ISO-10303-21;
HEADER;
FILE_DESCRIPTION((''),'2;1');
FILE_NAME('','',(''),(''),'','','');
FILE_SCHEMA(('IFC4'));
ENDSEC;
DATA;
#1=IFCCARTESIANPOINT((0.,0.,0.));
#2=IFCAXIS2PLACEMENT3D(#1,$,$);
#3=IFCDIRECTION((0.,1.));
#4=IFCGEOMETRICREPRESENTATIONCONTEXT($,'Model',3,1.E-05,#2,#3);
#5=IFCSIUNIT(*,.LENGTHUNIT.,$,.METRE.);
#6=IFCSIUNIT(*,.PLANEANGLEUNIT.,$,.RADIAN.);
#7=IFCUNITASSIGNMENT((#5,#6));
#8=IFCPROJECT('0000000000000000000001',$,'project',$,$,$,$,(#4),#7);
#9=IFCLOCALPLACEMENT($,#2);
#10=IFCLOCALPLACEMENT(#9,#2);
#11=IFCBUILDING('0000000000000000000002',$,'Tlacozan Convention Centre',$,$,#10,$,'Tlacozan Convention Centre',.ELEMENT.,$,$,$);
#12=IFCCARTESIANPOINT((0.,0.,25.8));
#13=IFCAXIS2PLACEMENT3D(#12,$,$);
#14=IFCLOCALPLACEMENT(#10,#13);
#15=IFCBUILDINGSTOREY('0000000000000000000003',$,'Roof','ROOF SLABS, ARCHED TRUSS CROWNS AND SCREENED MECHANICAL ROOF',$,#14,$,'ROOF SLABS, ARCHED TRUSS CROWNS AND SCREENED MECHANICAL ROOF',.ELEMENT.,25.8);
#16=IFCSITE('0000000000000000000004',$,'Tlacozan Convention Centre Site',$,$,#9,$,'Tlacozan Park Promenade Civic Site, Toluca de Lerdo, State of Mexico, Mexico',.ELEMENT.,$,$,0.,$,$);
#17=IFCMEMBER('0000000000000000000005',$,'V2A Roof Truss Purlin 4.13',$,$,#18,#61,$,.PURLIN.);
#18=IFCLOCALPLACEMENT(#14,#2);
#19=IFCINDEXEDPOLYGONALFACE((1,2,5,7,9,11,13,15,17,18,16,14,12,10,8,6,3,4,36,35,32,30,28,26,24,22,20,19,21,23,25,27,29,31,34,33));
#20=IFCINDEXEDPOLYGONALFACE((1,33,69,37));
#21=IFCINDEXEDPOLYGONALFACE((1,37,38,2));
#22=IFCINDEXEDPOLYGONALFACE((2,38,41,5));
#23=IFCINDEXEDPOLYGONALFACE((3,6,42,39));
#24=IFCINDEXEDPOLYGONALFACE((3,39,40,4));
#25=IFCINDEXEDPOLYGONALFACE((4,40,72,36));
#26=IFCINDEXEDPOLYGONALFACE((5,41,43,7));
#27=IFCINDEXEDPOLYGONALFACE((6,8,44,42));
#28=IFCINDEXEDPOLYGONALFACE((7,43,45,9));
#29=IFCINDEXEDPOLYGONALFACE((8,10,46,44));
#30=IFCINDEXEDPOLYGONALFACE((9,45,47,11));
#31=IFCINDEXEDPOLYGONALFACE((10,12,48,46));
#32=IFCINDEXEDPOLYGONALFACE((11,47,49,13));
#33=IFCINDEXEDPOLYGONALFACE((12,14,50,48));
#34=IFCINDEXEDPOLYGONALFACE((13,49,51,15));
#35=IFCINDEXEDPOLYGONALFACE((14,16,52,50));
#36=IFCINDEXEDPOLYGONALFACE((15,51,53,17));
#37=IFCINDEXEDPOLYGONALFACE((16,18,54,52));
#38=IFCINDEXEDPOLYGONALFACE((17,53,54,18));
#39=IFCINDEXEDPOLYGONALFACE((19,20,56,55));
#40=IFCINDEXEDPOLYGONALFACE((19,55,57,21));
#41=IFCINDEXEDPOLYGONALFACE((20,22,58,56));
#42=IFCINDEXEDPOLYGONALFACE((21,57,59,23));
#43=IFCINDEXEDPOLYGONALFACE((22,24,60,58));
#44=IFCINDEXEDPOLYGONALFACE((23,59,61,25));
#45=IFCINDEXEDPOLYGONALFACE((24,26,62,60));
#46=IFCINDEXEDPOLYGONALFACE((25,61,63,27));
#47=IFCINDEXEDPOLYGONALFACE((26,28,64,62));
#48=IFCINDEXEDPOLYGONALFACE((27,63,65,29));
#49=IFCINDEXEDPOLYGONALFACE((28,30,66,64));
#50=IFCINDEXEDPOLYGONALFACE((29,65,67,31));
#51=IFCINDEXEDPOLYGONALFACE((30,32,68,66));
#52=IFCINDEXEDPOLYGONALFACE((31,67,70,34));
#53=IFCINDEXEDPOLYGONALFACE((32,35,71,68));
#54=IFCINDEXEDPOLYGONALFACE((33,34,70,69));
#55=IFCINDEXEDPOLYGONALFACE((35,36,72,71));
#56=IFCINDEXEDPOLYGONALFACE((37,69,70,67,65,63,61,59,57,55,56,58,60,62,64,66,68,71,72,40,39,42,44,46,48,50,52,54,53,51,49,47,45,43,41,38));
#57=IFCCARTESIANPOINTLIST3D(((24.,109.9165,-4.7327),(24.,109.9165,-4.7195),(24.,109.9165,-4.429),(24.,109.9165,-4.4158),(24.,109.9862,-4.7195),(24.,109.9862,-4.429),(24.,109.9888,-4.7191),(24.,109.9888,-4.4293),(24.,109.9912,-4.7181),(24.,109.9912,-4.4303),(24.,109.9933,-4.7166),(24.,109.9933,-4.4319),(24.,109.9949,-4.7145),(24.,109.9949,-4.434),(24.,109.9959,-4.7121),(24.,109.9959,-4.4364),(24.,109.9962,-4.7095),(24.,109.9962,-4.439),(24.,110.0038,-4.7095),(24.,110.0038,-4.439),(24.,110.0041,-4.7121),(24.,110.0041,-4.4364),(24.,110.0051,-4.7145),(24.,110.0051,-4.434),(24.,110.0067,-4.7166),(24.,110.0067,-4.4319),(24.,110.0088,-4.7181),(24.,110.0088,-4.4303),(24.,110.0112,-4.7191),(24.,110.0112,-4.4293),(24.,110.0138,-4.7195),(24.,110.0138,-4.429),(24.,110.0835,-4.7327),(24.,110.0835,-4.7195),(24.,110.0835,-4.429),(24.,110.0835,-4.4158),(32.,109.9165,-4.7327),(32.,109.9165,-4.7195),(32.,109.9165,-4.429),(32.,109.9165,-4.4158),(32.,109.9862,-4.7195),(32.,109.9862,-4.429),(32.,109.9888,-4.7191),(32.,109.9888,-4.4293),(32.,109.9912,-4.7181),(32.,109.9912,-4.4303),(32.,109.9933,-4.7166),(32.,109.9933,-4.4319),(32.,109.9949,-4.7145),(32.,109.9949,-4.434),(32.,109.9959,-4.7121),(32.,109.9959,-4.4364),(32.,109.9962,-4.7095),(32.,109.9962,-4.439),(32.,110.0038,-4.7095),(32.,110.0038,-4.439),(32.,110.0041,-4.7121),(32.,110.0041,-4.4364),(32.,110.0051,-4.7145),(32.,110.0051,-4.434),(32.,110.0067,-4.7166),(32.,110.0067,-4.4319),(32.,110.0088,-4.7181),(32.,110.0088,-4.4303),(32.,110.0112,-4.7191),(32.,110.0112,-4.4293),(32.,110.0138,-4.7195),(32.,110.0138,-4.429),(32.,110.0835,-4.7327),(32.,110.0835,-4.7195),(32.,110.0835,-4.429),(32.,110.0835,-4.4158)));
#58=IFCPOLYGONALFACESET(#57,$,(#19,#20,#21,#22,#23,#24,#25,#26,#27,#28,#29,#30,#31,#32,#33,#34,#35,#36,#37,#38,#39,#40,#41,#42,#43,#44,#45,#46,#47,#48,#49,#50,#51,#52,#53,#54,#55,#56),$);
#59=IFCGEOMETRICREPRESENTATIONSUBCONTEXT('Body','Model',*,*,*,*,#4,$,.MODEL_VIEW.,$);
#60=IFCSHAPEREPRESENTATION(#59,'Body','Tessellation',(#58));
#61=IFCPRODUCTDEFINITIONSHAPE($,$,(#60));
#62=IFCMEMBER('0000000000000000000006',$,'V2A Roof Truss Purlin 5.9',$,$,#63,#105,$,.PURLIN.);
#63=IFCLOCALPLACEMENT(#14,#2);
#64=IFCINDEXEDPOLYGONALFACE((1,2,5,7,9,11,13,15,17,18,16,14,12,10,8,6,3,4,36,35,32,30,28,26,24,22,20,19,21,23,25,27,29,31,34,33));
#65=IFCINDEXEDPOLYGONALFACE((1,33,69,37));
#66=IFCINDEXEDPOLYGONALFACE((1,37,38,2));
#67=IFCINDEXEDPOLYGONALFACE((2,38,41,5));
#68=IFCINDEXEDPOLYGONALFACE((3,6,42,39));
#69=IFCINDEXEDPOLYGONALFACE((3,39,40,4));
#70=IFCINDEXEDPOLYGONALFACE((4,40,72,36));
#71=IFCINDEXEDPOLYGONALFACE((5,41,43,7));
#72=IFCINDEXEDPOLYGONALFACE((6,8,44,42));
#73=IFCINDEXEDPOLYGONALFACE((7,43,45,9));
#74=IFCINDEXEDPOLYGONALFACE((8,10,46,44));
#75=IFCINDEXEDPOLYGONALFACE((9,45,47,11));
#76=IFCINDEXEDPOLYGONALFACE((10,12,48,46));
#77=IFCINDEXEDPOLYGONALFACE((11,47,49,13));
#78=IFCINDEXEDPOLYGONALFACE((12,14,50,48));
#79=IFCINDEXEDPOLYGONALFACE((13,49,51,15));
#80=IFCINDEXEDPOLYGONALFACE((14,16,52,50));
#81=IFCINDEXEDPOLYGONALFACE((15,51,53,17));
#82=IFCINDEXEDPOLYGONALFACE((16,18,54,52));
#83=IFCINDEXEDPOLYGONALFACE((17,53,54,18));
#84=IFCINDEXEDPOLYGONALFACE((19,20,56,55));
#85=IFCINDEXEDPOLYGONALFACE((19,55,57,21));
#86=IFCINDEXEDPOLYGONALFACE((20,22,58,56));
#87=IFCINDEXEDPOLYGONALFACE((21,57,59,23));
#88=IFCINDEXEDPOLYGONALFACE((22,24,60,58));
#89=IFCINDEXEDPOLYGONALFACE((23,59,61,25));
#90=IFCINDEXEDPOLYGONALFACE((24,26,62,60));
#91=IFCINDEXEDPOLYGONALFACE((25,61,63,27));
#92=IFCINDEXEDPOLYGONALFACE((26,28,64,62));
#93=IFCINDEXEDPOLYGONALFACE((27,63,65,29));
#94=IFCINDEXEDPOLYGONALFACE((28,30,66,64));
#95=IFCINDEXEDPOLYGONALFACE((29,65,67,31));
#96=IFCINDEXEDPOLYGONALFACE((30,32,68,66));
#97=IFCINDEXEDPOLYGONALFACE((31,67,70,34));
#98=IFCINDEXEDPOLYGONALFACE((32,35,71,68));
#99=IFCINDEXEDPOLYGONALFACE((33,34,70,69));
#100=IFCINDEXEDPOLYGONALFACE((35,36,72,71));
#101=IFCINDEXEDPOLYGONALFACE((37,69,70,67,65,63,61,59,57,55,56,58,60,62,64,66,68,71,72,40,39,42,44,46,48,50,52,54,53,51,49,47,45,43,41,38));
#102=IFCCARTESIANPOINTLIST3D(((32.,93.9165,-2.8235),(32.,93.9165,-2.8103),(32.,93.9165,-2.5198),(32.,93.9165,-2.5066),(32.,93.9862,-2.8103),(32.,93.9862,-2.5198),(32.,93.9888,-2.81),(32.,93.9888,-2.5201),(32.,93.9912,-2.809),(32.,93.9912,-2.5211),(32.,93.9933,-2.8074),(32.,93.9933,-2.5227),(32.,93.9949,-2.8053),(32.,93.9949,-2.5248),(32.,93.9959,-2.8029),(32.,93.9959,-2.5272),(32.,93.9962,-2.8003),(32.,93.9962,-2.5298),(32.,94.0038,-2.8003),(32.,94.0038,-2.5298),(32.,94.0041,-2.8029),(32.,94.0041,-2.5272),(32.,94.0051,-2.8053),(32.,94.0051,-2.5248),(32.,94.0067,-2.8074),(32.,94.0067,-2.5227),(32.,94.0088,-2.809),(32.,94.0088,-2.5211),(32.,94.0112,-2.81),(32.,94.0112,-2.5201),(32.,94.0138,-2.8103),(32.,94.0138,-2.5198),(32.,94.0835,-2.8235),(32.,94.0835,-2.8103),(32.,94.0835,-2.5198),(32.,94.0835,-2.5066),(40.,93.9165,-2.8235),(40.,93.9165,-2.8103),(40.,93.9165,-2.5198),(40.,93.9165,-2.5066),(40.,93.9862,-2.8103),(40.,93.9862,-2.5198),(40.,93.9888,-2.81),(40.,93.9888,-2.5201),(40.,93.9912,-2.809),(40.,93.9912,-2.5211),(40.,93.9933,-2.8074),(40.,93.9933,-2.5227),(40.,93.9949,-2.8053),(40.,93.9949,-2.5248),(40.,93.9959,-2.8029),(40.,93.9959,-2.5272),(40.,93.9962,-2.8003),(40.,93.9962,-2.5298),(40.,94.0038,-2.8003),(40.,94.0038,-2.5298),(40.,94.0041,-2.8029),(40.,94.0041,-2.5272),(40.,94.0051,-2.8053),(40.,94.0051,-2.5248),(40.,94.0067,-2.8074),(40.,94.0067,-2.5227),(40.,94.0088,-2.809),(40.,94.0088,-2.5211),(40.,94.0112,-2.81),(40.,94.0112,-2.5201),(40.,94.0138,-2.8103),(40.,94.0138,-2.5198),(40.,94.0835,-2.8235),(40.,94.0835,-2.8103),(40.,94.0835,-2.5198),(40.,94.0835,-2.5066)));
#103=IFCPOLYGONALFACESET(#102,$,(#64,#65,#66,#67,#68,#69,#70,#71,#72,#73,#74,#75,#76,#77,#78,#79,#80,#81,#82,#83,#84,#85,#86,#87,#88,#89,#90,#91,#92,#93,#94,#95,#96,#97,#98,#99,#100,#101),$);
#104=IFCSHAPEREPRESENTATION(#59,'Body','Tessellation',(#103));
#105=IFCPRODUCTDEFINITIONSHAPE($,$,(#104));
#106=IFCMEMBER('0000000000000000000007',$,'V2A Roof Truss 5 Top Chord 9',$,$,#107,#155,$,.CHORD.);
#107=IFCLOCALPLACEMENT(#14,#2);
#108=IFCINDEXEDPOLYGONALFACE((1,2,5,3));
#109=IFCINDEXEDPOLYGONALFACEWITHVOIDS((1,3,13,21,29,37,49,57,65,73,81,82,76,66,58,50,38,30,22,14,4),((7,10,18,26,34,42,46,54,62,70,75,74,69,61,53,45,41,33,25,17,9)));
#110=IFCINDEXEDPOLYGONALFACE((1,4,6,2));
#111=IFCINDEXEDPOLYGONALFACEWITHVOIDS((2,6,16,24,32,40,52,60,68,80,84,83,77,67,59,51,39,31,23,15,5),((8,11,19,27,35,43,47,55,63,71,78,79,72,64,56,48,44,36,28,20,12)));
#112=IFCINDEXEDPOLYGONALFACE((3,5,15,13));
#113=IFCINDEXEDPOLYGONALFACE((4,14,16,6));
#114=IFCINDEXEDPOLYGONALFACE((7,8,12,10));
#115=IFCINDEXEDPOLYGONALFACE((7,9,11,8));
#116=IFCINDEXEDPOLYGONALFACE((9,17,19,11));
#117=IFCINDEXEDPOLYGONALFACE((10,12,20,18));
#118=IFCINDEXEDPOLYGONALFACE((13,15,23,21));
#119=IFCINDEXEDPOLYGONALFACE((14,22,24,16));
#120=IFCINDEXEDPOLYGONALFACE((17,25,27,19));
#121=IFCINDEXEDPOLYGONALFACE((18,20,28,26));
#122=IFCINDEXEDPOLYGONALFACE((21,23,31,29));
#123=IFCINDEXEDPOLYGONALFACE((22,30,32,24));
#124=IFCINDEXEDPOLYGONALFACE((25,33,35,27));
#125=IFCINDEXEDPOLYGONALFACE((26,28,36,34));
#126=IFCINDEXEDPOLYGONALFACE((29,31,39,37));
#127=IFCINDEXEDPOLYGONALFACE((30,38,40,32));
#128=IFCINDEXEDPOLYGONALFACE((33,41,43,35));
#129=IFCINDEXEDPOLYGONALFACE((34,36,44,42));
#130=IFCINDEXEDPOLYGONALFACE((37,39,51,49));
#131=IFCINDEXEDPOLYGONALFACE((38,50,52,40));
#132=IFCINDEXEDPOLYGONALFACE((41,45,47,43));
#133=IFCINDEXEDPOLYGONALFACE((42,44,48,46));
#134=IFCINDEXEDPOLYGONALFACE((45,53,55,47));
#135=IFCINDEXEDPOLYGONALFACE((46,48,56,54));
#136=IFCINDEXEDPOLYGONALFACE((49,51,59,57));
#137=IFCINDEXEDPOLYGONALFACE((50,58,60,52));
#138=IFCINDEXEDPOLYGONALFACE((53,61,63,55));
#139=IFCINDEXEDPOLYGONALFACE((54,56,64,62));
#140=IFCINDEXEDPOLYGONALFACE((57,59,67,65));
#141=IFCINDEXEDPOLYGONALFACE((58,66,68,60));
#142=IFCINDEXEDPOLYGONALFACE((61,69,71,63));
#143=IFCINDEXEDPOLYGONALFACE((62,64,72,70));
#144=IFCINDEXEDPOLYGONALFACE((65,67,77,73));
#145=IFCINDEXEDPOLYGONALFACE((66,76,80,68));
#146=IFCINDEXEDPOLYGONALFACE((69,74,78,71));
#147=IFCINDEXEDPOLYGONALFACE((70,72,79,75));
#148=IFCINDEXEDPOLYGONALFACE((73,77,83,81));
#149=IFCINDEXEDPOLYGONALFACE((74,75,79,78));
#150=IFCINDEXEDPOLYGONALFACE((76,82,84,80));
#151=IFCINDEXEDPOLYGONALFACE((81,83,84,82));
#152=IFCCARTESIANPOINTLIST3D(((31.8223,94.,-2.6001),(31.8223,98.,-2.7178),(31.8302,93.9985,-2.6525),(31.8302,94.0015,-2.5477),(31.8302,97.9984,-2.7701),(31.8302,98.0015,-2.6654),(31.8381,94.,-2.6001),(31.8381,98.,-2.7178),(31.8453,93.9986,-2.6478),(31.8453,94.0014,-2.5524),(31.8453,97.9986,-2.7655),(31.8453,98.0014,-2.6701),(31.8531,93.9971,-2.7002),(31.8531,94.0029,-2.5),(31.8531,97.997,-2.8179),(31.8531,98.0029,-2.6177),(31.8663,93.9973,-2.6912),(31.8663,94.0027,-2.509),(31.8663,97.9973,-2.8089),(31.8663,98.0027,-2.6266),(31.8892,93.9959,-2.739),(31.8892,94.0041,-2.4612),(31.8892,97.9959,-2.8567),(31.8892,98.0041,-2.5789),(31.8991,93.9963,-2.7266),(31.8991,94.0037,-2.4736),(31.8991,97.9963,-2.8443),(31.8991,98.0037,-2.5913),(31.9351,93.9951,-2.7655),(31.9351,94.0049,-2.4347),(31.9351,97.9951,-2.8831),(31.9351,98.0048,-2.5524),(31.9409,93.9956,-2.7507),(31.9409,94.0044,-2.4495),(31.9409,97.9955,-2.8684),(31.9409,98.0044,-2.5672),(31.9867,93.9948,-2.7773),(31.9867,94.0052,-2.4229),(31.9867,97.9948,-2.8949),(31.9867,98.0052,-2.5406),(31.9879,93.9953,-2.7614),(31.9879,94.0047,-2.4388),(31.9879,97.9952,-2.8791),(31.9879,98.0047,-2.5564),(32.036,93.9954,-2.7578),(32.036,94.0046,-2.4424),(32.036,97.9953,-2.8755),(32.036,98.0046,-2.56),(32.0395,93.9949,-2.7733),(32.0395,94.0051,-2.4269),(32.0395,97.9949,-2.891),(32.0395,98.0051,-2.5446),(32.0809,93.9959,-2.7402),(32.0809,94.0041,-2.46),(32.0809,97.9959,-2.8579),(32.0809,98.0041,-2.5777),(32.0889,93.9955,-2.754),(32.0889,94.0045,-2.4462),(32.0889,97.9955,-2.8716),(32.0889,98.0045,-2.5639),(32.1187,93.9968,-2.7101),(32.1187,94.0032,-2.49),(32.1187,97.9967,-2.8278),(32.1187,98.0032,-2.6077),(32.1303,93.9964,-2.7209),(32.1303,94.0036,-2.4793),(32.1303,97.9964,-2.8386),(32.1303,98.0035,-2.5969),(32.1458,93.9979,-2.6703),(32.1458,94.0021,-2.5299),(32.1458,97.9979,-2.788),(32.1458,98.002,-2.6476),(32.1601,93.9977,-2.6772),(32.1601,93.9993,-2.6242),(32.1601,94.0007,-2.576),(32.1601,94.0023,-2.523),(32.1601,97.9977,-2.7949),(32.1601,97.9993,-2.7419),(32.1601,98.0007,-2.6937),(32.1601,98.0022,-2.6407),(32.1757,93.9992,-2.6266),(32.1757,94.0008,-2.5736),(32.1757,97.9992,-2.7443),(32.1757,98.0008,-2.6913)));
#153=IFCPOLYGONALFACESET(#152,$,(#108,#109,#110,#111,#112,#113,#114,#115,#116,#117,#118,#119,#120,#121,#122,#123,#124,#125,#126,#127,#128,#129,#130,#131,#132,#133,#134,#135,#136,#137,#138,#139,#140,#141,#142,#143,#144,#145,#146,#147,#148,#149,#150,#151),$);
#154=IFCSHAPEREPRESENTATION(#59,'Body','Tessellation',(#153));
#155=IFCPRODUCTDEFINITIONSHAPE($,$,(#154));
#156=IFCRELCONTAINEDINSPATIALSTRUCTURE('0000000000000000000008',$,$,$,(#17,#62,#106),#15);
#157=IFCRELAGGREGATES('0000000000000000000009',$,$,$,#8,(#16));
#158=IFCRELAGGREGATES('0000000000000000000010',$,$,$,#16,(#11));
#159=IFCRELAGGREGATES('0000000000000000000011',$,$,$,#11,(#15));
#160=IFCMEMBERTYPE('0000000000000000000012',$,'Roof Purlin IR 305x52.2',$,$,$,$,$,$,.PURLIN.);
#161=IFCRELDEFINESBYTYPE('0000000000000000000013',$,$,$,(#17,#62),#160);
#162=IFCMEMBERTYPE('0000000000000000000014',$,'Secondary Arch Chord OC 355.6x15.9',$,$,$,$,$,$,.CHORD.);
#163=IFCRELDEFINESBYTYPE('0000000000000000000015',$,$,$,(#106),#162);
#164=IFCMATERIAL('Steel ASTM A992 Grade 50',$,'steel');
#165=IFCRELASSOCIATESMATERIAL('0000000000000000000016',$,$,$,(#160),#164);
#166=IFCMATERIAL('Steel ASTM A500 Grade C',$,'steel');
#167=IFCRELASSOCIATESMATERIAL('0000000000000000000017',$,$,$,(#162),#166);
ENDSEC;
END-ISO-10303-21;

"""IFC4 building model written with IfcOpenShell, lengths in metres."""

from ifc_helpers import new_model, si_unit, direction, frame, origin, origin_2d, place, context, subcontext, project, spatial, hollow_circle, i_section, extrude, material, material_profile, profile_set, type_object, element, save


model = new_model("IFC4")

# Units and contexts
model_context = context("Model", 3, precision=1e-05, world=origin(), true_north=direction((0.0, 1.0)))
body_context = subcontext(model_context, "Body", "Model", "MODEL_VIEW")
ifc_project = project(units=[si_unit("LENGTHUNIT", "METRE"), si_unit("PLANEANGLEUNIT", "RADIAN")], contexts=[model_context])

# Site, building, storey
site_placement = place(None, origin())
site = spatial("IfcSite", under=ifc_project, at=site_placement, Name="Tlacozan Convention Centre Site", LongName="Tlacozan Park Promenade Civic Site, Toluca de Lerdo, State of Mexico, Mexico", CompositionType="ELEMENT", RefElevation=0.0)
building_placement = place(site_placement, origin())
building = spatial("IfcBuilding", under=site, at=building_placement, Name="Tlacozan Convention Centre", LongName="Tlacozan Convention Centre", CompositionType="ELEMENT")
storey_placement = place(building_placement, frame((0.0, 0.0, 25.8)))
storey = spatial("IfcBuildingStorey", under=building, at=storey_placement, Name="Roof", Description="ROOF SLABS, ARCHED TRUSS CROWNS AND SCREENED MECHANICAL ROOF", LongName="ROOF SLABS, ARCHED TRUSS CROWNS AND SCREENED MECHANICAL ROOF", CompositionType="ELEMENT", Elevation=25.8)

# Members
ifc_material_1 = material(Name="Steel ASTM A500 Grade C", Category="steel")
ifc_material_2 = material(Name="Steel ASTM A992 Grade 50", Category="steel")
ifc_material_profile_1 = material_profile(ifc_material_2, i_section(OverallWidth=0.167, OverallDepth=0.3169, WebThickness=0.0076, FlangeThickness=0.0132, FilletRadius=0.01, at=origin_2d()), Name="IR 305x52.2")
ifc_profile_set_1 = profile_set([ifc_material_profile_1], Name="Steel ASTM A992 Grade 50")
member_type_1 = type_object("IfcMemberType", Name="Roof Purlin IR 305x52.2", PredefinedType="PURLIN", material=ifc_profile_set_1)
for number, where, z_axis, x_axis, name in (
    (1, (24.0, 110.0, -4.5742), (1.0, 0.0, 0.0), (0.0, 1.0, 0.0), "V2A Roof Truss Purlin 4.13"),
    (2, (32.0, 94.0, -2.665), (1.0, 0.0, 0.0), (0.0, 1.0, 0.0), "V2A Roof Truss Purlin 5.9"),
):
    element("IfcMember", number, at=place(storey_placement, frame(where, z_axis=z_axis, x_axis=x_axis)), inside=storey, type_object=member_type_1, Name=name, PredefinedType="PURLIN", context=body_context, shape_type="SweptSolid", body=[
        extrude(i_section(OverallWidth=0.167, OverallDepth=0.3169, WebThickness=0.0076, FlangeThickness=0.0132, FilletRadius=0.01, at=origin_2d()), origin(), (0.0, 0.0, 1.0), 8.0),
    ])
ifc_material_profile_2 = material_profile(ifc_material_1, hollow_circle(Radius=0.1777, WallThickness=0.0159, at=origin_2d()), Name="OC 355.6x15.9")
ifc_profile_set_2 = profile_set([ifc_material_profile_2], Name="Steel ASTM A500 Grade C")
member_type_2 = type_object("IfcMemberType", Name="Secondary Arch Chord OC 355.6x15.9", PredefinedType="CHORD", material=ifc_profile_set_2)
member_1_placement = place(storey_placement, frame((32.0, 94.0, -2.6001), z_axis=(0.0, 0.999568, -0.029406), x_axis=(-1.0, 0.0, 0.0)))
element("IfcMember", 3, at=member_1_placement, inside=storey, type_object=member_type_2, Name="V2A Roof Truss 5 Top Chord 9", PredefinedType="CHORD", context=body_context, shape_type="SweptSolid", body=[
    extrude(hollow_circle(Radius=0.1777, WallThickness=0.0159, at=origin_2d()), origin(), (0.0, 0.0, 1.0), 4.0017),
])

save(model, "model.ifc")
